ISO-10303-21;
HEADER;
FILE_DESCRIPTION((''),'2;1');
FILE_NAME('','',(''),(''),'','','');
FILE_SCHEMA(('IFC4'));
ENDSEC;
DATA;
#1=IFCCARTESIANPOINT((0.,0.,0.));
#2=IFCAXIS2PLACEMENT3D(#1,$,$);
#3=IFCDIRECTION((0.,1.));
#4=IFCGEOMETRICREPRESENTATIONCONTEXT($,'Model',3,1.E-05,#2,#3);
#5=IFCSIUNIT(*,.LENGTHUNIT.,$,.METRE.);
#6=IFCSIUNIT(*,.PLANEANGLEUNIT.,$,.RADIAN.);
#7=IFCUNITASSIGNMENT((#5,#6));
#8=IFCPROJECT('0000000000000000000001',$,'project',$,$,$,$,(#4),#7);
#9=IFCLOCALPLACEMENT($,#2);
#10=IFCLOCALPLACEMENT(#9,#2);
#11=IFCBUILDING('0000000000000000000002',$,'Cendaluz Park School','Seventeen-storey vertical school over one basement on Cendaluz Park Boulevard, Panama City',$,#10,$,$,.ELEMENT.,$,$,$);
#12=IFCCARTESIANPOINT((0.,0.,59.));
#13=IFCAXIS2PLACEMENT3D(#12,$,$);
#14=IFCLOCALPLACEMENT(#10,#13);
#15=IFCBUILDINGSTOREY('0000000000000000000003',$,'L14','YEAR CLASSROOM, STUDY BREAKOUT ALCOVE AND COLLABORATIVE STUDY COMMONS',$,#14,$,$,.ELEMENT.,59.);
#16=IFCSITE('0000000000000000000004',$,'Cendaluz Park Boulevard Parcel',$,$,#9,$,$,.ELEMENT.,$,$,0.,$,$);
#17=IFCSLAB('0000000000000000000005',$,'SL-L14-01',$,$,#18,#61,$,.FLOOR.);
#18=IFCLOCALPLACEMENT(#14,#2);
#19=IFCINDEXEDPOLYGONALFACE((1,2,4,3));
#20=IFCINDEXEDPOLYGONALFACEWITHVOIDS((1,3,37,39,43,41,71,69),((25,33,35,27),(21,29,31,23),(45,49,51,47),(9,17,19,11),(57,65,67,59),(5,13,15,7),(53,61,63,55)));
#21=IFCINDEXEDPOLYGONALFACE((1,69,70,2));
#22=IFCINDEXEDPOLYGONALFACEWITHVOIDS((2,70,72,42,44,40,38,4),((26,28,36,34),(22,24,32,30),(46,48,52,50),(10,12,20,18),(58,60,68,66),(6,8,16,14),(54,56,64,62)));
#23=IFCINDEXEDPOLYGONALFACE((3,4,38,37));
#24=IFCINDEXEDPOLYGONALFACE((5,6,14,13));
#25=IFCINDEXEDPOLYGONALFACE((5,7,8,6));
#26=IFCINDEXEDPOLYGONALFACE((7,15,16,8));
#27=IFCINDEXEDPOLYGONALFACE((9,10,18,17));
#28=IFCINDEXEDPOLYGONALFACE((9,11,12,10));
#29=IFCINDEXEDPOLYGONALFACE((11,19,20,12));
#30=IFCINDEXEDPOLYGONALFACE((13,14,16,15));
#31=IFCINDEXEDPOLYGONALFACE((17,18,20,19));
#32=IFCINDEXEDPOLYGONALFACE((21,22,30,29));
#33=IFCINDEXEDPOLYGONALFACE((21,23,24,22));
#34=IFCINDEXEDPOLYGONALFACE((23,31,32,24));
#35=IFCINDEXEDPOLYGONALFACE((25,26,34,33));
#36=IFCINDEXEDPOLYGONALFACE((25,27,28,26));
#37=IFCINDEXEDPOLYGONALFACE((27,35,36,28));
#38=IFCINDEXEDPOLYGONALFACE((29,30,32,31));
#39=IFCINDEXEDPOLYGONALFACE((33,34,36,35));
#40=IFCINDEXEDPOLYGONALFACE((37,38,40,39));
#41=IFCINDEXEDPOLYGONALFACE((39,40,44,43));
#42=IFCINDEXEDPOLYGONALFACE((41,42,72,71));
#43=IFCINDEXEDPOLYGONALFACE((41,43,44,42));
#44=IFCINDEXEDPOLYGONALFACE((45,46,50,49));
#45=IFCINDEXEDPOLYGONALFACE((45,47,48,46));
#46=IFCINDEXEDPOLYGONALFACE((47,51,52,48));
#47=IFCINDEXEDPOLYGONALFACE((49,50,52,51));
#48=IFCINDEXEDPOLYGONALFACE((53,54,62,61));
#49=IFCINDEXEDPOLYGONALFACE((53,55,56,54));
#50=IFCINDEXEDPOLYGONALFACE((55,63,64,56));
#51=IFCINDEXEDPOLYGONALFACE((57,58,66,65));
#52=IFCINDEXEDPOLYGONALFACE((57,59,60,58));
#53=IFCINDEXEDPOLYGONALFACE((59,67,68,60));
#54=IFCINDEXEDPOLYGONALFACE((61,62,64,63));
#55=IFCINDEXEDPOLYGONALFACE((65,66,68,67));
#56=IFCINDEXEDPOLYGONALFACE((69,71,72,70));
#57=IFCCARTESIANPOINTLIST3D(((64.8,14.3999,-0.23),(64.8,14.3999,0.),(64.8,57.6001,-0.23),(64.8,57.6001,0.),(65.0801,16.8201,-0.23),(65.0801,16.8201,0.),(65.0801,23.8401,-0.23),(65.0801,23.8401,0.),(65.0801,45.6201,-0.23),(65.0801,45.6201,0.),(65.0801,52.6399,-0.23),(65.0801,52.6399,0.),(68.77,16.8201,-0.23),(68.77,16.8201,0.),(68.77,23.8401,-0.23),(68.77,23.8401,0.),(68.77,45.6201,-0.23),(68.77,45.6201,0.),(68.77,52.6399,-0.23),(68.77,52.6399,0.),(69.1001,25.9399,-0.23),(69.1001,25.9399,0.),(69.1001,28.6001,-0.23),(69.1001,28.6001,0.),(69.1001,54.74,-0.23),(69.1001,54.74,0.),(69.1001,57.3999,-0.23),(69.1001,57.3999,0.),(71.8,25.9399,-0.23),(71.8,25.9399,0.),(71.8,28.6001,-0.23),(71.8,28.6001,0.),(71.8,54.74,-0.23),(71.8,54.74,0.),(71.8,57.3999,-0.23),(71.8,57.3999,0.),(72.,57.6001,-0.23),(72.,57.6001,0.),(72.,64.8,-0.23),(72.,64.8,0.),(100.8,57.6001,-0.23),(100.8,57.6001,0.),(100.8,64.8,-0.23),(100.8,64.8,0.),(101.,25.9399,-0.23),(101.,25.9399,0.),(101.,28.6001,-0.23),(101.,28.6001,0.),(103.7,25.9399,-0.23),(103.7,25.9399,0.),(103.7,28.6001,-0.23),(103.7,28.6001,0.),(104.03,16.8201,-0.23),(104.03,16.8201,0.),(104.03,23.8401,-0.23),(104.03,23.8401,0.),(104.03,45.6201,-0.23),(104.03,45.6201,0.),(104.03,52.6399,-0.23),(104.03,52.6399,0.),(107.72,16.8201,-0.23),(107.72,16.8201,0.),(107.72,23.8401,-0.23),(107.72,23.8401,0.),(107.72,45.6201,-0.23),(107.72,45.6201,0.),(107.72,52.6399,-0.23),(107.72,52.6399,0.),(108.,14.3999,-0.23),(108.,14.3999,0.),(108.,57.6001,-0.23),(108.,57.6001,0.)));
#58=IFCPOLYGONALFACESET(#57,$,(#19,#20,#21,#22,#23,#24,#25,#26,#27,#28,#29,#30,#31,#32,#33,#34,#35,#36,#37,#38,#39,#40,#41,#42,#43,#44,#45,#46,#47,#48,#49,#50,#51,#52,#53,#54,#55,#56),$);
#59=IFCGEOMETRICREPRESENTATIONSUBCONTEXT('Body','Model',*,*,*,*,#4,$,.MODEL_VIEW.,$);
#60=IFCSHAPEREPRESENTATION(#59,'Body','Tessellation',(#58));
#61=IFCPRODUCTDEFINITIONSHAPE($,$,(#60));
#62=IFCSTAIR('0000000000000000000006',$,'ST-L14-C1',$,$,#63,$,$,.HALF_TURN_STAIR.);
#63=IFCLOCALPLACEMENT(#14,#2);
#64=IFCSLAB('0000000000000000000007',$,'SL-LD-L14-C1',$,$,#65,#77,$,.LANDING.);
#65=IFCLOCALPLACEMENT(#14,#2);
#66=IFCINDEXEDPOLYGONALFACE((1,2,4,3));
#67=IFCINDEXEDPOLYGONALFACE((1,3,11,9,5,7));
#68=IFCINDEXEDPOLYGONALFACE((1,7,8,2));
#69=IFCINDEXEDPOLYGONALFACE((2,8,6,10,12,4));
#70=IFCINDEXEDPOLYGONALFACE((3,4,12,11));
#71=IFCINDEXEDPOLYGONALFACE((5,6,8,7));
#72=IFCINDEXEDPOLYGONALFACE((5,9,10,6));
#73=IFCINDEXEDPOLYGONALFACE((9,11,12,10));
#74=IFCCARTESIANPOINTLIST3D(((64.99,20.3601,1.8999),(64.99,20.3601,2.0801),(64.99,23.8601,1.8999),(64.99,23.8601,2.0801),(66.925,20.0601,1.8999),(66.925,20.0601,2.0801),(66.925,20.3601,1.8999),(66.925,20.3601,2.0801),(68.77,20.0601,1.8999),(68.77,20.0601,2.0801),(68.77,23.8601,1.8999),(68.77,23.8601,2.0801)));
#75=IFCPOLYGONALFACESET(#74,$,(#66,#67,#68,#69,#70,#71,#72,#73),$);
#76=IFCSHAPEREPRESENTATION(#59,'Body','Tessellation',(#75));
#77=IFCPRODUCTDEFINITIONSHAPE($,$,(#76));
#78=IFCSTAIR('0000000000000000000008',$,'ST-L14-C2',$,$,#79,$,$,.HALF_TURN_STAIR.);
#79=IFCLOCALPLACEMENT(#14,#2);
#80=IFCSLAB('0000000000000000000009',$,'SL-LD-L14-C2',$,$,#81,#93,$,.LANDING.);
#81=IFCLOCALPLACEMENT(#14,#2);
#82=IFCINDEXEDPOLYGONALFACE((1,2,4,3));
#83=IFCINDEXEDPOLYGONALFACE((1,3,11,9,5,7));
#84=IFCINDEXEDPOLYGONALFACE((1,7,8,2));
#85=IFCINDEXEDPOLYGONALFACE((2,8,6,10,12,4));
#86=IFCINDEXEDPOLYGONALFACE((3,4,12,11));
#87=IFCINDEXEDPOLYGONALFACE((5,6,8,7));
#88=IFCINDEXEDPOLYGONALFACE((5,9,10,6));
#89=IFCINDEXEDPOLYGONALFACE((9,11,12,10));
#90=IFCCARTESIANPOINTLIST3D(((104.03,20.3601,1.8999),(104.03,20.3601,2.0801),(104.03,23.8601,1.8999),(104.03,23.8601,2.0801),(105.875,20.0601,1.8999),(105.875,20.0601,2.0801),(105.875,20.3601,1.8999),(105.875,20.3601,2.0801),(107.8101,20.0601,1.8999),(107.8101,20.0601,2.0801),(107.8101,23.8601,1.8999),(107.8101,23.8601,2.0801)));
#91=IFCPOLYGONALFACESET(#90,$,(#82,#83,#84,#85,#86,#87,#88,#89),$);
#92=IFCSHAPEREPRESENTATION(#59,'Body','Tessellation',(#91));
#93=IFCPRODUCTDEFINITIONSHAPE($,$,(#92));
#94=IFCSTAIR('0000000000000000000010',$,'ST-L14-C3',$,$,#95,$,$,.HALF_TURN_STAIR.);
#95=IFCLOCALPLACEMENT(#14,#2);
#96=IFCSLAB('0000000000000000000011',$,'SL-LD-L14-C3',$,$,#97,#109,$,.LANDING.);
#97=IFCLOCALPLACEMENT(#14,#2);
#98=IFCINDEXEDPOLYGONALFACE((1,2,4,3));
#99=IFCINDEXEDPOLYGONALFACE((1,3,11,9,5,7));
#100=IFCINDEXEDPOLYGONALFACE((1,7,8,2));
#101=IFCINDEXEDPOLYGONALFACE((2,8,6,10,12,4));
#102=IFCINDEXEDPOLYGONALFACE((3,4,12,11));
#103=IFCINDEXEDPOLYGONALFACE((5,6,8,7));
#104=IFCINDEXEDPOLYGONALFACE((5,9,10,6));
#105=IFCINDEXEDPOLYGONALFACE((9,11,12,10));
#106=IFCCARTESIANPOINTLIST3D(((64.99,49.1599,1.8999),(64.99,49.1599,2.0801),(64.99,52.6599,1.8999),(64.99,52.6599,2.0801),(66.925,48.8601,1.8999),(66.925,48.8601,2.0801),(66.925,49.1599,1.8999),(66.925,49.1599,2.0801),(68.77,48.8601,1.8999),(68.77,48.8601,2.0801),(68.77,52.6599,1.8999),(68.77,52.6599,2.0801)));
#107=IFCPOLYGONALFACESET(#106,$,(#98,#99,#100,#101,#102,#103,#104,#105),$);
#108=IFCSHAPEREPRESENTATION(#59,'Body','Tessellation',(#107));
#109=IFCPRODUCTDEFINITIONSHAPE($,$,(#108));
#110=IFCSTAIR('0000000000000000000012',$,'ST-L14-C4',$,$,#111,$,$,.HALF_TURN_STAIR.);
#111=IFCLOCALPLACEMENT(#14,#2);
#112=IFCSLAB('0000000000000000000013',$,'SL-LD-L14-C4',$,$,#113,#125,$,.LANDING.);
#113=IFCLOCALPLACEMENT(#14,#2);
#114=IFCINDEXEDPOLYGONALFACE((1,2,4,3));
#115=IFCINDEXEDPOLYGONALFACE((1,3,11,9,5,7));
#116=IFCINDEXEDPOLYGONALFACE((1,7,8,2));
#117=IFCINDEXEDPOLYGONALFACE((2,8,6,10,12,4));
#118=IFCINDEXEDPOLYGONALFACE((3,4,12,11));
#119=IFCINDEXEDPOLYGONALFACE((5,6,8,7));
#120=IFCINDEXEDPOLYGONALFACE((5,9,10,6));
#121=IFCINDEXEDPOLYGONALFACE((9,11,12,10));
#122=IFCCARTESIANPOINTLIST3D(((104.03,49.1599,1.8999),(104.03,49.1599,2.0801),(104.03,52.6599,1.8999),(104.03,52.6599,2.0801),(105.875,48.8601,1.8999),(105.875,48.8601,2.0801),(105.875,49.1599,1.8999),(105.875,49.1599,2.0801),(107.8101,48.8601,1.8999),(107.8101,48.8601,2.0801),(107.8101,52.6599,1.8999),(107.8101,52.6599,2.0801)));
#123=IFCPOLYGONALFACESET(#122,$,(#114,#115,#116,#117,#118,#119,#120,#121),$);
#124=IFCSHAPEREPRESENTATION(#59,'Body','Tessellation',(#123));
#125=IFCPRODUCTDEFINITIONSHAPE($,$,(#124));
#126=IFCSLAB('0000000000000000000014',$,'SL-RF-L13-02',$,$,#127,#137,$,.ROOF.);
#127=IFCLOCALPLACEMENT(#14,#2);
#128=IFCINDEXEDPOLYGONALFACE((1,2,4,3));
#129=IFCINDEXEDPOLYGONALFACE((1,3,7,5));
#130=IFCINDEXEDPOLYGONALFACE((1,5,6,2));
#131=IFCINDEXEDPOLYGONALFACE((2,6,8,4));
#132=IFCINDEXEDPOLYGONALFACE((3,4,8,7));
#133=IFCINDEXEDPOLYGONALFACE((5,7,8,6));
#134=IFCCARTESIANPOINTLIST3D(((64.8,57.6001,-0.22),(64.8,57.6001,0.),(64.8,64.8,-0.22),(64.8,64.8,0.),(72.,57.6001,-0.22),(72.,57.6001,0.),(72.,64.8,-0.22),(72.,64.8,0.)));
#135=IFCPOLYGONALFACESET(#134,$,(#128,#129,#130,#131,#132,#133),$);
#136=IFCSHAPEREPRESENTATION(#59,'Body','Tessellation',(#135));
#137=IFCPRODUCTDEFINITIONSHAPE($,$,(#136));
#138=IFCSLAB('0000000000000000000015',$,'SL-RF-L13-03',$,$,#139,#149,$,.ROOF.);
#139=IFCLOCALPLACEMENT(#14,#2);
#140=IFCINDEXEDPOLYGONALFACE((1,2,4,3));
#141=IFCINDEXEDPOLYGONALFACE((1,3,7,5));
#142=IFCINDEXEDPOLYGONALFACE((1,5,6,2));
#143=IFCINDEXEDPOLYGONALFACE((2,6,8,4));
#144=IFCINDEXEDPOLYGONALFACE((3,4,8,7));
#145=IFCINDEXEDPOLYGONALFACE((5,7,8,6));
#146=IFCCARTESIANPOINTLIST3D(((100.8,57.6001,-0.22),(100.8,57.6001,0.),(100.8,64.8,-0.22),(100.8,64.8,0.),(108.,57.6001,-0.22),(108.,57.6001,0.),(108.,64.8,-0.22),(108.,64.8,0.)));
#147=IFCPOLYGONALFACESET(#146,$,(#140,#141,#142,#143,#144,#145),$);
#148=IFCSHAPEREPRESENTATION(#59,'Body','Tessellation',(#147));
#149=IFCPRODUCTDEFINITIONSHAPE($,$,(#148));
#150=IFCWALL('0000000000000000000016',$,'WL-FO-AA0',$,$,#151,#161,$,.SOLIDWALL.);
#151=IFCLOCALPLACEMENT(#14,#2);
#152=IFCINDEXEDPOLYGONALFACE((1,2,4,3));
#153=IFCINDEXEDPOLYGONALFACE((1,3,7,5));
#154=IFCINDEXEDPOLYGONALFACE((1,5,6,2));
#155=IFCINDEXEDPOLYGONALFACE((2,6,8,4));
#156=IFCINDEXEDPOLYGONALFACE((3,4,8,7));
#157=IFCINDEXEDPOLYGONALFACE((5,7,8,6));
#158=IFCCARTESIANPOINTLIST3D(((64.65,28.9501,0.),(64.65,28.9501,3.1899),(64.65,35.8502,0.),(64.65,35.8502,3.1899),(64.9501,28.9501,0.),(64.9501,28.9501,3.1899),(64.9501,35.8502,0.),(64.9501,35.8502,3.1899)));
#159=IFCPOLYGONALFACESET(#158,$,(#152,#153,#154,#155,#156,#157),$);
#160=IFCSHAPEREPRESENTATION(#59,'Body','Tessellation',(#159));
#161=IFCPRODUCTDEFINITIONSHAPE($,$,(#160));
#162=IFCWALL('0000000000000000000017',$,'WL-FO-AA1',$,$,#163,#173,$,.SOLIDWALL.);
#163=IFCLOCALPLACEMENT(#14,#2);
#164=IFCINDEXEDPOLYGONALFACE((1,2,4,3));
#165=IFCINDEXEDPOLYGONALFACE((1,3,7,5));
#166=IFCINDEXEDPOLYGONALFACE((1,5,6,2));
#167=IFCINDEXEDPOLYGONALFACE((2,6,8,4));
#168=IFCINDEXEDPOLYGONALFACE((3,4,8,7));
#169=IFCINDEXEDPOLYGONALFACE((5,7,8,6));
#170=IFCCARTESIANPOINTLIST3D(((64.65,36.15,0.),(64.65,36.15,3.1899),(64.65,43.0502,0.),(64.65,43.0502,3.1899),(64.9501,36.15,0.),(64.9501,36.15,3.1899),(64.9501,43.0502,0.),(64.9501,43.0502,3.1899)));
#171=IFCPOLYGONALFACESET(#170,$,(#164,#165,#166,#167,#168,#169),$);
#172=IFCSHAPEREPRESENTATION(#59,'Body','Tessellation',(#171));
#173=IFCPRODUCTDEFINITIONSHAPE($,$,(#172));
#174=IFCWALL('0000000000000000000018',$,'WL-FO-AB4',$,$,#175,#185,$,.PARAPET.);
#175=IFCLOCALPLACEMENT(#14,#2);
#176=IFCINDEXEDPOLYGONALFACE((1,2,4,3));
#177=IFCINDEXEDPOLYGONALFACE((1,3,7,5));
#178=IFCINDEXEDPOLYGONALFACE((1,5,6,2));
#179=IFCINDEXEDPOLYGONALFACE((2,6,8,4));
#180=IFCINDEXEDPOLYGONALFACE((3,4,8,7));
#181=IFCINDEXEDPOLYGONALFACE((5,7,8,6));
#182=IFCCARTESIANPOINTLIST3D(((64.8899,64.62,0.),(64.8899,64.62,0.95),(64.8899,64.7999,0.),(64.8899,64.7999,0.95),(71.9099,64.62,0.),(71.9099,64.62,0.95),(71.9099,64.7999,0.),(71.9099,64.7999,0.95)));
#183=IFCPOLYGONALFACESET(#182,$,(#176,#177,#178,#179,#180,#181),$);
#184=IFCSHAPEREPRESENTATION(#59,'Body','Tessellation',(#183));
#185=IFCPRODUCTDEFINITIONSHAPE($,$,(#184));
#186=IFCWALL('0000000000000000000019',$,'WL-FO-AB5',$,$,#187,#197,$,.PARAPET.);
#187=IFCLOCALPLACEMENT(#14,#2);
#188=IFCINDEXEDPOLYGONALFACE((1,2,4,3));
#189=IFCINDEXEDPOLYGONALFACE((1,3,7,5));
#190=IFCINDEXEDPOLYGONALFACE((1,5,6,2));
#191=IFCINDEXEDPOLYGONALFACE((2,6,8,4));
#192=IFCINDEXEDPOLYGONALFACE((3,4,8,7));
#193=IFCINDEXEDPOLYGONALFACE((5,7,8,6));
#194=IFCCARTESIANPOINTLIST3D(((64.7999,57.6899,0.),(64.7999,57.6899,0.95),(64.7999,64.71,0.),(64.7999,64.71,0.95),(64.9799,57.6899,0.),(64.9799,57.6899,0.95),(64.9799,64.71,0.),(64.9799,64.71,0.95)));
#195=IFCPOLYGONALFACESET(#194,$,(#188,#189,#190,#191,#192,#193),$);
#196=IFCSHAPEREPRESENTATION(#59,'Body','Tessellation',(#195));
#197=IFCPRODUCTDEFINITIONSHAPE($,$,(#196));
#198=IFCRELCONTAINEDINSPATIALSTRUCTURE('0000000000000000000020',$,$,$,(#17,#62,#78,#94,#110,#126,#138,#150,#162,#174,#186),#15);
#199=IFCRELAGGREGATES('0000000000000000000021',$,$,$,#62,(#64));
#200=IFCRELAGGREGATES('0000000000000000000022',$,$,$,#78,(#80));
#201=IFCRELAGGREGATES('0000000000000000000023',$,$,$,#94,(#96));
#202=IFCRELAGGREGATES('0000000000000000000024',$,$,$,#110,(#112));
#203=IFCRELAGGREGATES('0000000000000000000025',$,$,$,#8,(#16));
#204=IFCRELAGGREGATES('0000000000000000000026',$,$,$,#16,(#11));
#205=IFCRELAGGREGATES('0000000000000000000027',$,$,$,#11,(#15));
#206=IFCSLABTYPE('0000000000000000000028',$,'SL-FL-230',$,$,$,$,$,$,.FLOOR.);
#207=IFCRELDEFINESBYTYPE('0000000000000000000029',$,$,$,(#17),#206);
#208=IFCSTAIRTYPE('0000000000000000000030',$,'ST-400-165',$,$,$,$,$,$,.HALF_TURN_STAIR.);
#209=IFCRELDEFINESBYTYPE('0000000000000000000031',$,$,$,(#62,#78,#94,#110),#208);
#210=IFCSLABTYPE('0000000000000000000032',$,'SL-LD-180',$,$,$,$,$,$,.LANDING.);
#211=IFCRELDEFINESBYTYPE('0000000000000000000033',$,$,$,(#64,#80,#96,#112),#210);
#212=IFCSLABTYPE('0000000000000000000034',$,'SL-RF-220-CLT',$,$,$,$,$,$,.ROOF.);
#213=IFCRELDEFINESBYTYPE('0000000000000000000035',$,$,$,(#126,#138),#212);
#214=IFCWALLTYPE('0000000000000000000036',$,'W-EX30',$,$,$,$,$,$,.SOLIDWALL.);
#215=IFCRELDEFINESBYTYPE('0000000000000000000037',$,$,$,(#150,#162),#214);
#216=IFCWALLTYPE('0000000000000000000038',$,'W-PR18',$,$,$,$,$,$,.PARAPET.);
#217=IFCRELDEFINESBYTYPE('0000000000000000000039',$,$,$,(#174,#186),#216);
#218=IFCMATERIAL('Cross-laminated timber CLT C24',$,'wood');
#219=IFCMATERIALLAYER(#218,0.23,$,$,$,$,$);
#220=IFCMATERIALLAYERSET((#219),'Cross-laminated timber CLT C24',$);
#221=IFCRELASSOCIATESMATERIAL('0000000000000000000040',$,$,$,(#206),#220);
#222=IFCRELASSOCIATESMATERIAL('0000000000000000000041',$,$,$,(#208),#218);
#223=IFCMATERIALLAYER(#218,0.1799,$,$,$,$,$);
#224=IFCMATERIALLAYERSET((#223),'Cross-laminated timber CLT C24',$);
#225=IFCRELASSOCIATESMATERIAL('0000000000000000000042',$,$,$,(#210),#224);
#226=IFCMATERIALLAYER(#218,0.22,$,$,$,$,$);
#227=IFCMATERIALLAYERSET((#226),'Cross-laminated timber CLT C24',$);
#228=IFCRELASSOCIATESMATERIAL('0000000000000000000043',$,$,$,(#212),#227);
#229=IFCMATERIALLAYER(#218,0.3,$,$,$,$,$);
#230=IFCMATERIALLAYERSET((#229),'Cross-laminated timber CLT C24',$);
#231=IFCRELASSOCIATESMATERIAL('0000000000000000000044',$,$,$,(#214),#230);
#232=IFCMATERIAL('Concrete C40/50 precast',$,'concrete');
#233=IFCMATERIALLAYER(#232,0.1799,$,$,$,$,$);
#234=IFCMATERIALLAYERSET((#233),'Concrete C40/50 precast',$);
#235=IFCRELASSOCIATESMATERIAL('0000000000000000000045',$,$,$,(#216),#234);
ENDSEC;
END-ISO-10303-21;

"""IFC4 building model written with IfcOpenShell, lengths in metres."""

from ifc_helpers import new_model, si_unit, direction, frame, frame_2d, origin, place, context, subcontext, project, spatial, polyline, rectangle, outline, extrude, material, layer, layer_set, type_object, element, aggregate, save


model = new_model("IFC4")

# Units and contexts
model_context = context("Model", 3, precision=1e-05, world=origin(), true_north=direction((0.0, 1.0)))
body_context = subcontext(model_context, "Body", "Model", "MODEL_VIEW")
ifc_project = project(units=[si_unit("LENGTHUNIT", "METRE"), si_unit("PLANEANGLEUNIT", "RADIAN")], contexts=[model_context])

# Site, building, storey
site_placement = place(None, origin())
site = spatial("IfcSite", under=ifc_project, at=site_placement, Name="Cendaluz Park Boulevard Parcel", CompositionType="ELEMENT", RefElevation=0.0)
building_placement = place(site_placement, origin())
building = spatial("IfcBuilding", under=site, at=building_placement, Name="Cendaluz Park School", Description="Seventeen-storey vertical school over one basement on Cendaluz Park Boulevard, Panama City", CompositionType="ELEMENT")
storey_placement = place(building_placement, frame((0.0, 0.0, 59.0)))
storey = spatial("IfcBuildingStorey", under=building, at=storey_placement, Name="L14", Description="YEAR CLASSROOM, STUDY BREAKOUT ALCOVE AND COLLABORATIVE STUDY COMMONS", CompositionType="ELEMENT", Elevation=59.0)

# Slab
ifc_material_1 = material(Name="Cross-laminated timber CLT C24", Category="wood")
ifc_layer_1 = layer(ifc_material_1, 0.23)
ifc_layer_set_1 = layer_set([ifc_layer_1], Name="Cross-laminated timber CLT C24")
slab_type_1 = type_object("IfcSlabType", Name="SL-FL-230", PredefinedType="FLOOR", material=ifc_layer_set_1)
slab_1_placement = place(storey_placement, frame((0.0, 0.0, -0.23)))
element("IfcSlab", 1, at=slab_1_placement, inside=storey, type_object=slab_type_1, Name="SL-L14-01", PredefinedType="FLOOR", context=body_context, shape_type="SweptSolid", body=[
    extrude(outline(polyline([(72.0, 57.6001), (72.0, 64.8), (100.8, 64.8), (100.8, 57.6001), (108.0, 57.6001), (108.0, 14.3999), (64.8, 14.3999), (64.8, 57.6001), (72.0, 57.6001)]), holes=[polyline([(65.0801, 16.8201), (68.77, 16.8201), (68.77, 23.8401), (65.0801, 23.8401), (65.0801, 16.8201)]), polyline([(69.1001, 28.6001), (69.1001, 25.9399), (71.8, 25.9399), (71.8, 28.6001), (69.1001, 28.6001)]), polyline([(107.72, 23.8401), (104.03, 23.8401), (104.03, 16.8201), (107.72, 16.8201), (107.72, 23.8401)]), polyline([(103.7, 25.9399), (103.7, 28.6001), (101.0, 28.6001), (101.0, 25.9399), (103.7, 25.9399)]), polyline([(65.0801, 45.6201), (68.77, 45.6201), (68.77, 52.6399), (65.0801, 52.6399), (65.0801, 45.6201)]), polyline([(69.1001, 57.3999), (69.1001, 54.74), (71.8, 54.74), (71.8, 57.3999), (69.1001, 57.3999)]), polyline([(107.72, 52.6399), (104.03, 52.6399), (104.03, 45.6201), (107.72, 45.6201), (107.72, 52.6399)])]), origin(), (0.0, 0.0, 1.0), 0.23),
])

# Stairs, slabs
stair_type = type_object("IfcStairType", Name="ST-400-165", PredefinedType="HALF_TURN_STAIR", material=ifc_material_1)
stair_1_placement = place(storey_placement, origin())
stair_1 = element("IfcStair", 2, at=stair_1_placement, inside=storey, type_object=stair_type, Name="ST-L14-C1", PredefinedType="HALF_TURN_STAIR")
ifc_layer_2 = layer(ifc_material_1, 0.1799)
ifc_layer_set_2 = layer_set([ifc_layer_2], Name="Cross-laminated timber CLT C24")
slab_type_2 = type_object("IfcSlabType", Name="SL-LD-180", PredefinedType="LANDING", material=ifc_layer_set_2)
slab_2_placement = place(storey_placement, frame((0.0, 0.0, 1.8999)))
slab_2 = element("IfcSlab", 3, at=slab_2_placement, type_object=slab_type_2, Name="SL-LD-L14-C1", PredefinedType="LANDING", context=body_context, shape_type="SweptSolid", body=[
    extrude(outline(polyline([(64.99, 20.3601), (66.925, 20.3601), (66.925, 20.0601), (68.77, 20.0601), (68.77, 23.8601), (64.99, 23.8601), (64.99, 20.3601)])), origin(), (0.0, 0.0, 1.0), 0.1802),
])
aggregate(stair_1, [slab_2])
stair_2_placement = place(storey_placement, origin())
stair_2 = element("IfcStair", 4, at=stair_2_placement, inside=storey, type_object=stair_type, Name="ST-L14-C2", PredefinedType="HALF_TURN_STAIR")
slab_3_placement = place(storey_placement, frame((0.0, 0.0, 1.8999)))
slab_3 = element("IfcSlab", 5, at=slab_3_placement, type_object=slab_type_2, Name="SL-LD-L14-C2", PredefinedType="LANDING", context=body_context, shape_type="SweptSolid", body=[
    extrude(outline(polyline([(104.03, 20.3601), (105.875, 20.3601), (105.875, 20.0601), (107.8101, 20.0601), (107.8101, 23.8601), (104.03, 23.8601), (104.03, 20.3601)])), origin(), (0.0, 0.0, 1.0), 0.1802),
])
aggregate(stair_2, [slab_3])
stair_3_placement = place(storey_placement, origin())
stair_3 = element("IfcStair", 6, at=stair_3_placement, inside=storey, type_object=stair_type, Name="ST-L14-C3", PredefinedType="HALF_TURN_STAIR")
slab_4_placement = place(storey_placement, frame((0.0, 0.0, 1.8999)))
slab_4 = element("IfcSlab", 7, at=slab_4_placement, type_object=slab_type_2, Name="SL-LD-L14-C3", PredefinedType="LANDING", context=body_context, shape_type="SweptSolid", body=[
    extrude(outline(polyline([(64.99, 49.1599), (66.925, 49.1599), (66.925, 48.8601), (68.77, 48.8601), (68.77, 52.6599), (64.99, 52.6599), (64.99, 49.1599)])), origin(), (0.0, 0.0, 1.0), 0.1802),
])
aggregate(stair_3, [slab_4])
stair_4_placement = place(storey_placement, origin())
stair_4 = element("IfcStair", 8, at=stair_4_placement, inside=storey, type_object=stair_type, Name="ST-L14-C4", PredefinedType="HALF_TURN_STAIR")
slab_5_placement = place(storey_placement, frame((0.0, 0.0, 1.8999)))
slab_5 = element("IfcSlab", 9, at=slab_5_placement, type_object=slab_type_2, Name="SL-LD-L14-C4", PredefinedType="LANDING", context=body_context, shape_type="SweptSolid", body=[
    extrude(outline(polyline([(104.03, 49.1599), (105.875, 49.1599), (105.875, 48.8601), (107.8101, 48.8601), (107.8101, 52.6599), (104.03, 52.6599), (104.03, 49.1599)])), origin(), (0.0, 0.0, 1.0), 0.1802),
])
aggregate(stair_4, [slab_5])

# Slabs
ifc_layer_3 = layer(ifc_material_1, 0.22)
ifc_layer_set_3 = layer_set([ifc_layer_3], Name="Cross-laminated timber CLT C24")
slab_type_3 = type_object("IfcSlabType", Name="SL-RF-220-CLT", PredefinedType="ROOF", material=ifc_layer_set_3)
slab_6_placement = place(storey_placement, frame((0.0, 0.0, -0.22)))
element("IfcSlab", 10, at=slab_6_placement, inside=storey, type_object=slab_type_3, Name="SL-RF-L13-02", PredefinedType="ROOF", context=body_context, shape_type="SweptSolid", body=[
    extrude(outline(polyline([(64.8, 57.6001), (64.8, 64.8), (72.0, 64.8), (72.0, 57.6001), (64.8, 57.6001)])), origin(), (0.0, 0.0, 1.0), 0.22),
])
slab_7_placement = place(storey_placement, frame((0.0, 0.0, -0.22)))
element("IfcSlab", 11, at=slab_7_placement, inside=storey, type_object=slab_type_3, Name="SL-RF-L13-03", PredefinedType="ROOF", context=body_context, shape_type="SweptSolid", body=[
    extrude(outline(polyline([(100.8, 57.6001), (100.8, 64.8), (108.0, 64.8), (108.0, 57.6001), (100.8, 57.6001)])), origin(), (0.0, 0.0, 1.0), 0.22),
])

# Walls
ifc_layer_4 = layer(ifc_material_1, 0.3)
ifc_layer_set_4 = layer_set([ifc_layer_4], Name="Cross-laminated timber CLT C24")
wall_type_1 = type_object("IfcWallType", Name="W-EX30", PredefinedType="SOLIDWALL", material=ifc_layer_set_4)
for number, where, z_axis, x_axis, name in (
    (12, (64.8, 28.95, 0.0), (0.0, 0.0, 1.0), (0.0, 1.0, 0.0), "WL-FO-AA0"),
    (13, (64.8, 36.1499, 0.0), (0.0, 0.0, 1.0), (0.0, 1.0, 0.0), "WL-FO-AA1"),
):
    element("IfcWall", number, at=place(storey_placement, frame(where, z_axis=z_axis, x_axis=x_axis)), inside=storey, type_object=wall_type_1, Name=name, PredefinedType="SOLIDWALL", context=body_context, shape_type="SweptSolid", body=[
        extrude(rectangle(XDim=6.9001, YDim=0.3, at=frame_2d((3.4502, 0.0))), origin(), (0.0, 0.0, 1.0), 3.1899),
    ])
ifc_material_2 = material(Name="Concrete C40/50 precast", Category="concrete")
ifc_layer_5 = layer(ifc_material_2, 0.1799)
ifc_layer_set_5 = layer_set([ifc_layer_5], Name="Concrete C40/50 precast")
wall_type_2 = type_object("IfcWallType", Name="W-PR18", PredefinedType="PARAPET", material=ifc_layer_set_5)
for number, where, z_axis, x_axis, name in (
    (14, (64.8899, 64.71, 0.0), (0.0, 0.0, 1.0), (1.0, 0.0, 0.0), "WL-FO-AB4"),
    (15, (64.8899, 57.6899, 0.0), (0.0, 0.0, 1.0), (0.0, 1.0, 0.0), "WL-FO-AB5"),
):
    element("IfcWall", number, at=place(storey_placement, frame(where, z_axis=z_axis, x_axis=x_axis)), inside=storey, type_object=wall_type_2, Name=name, PredefinedType="PARAPET", context=body_context, shape_type="SweptSolid", body=[
        extrude(rectangle(XDim=7.02, YDim=0.1799, at=frame_2d((3.51, 0.0))), origin(), (0.0, 0.0, 1.0), 0.95),
    ])

save(model, "model.ifc")
